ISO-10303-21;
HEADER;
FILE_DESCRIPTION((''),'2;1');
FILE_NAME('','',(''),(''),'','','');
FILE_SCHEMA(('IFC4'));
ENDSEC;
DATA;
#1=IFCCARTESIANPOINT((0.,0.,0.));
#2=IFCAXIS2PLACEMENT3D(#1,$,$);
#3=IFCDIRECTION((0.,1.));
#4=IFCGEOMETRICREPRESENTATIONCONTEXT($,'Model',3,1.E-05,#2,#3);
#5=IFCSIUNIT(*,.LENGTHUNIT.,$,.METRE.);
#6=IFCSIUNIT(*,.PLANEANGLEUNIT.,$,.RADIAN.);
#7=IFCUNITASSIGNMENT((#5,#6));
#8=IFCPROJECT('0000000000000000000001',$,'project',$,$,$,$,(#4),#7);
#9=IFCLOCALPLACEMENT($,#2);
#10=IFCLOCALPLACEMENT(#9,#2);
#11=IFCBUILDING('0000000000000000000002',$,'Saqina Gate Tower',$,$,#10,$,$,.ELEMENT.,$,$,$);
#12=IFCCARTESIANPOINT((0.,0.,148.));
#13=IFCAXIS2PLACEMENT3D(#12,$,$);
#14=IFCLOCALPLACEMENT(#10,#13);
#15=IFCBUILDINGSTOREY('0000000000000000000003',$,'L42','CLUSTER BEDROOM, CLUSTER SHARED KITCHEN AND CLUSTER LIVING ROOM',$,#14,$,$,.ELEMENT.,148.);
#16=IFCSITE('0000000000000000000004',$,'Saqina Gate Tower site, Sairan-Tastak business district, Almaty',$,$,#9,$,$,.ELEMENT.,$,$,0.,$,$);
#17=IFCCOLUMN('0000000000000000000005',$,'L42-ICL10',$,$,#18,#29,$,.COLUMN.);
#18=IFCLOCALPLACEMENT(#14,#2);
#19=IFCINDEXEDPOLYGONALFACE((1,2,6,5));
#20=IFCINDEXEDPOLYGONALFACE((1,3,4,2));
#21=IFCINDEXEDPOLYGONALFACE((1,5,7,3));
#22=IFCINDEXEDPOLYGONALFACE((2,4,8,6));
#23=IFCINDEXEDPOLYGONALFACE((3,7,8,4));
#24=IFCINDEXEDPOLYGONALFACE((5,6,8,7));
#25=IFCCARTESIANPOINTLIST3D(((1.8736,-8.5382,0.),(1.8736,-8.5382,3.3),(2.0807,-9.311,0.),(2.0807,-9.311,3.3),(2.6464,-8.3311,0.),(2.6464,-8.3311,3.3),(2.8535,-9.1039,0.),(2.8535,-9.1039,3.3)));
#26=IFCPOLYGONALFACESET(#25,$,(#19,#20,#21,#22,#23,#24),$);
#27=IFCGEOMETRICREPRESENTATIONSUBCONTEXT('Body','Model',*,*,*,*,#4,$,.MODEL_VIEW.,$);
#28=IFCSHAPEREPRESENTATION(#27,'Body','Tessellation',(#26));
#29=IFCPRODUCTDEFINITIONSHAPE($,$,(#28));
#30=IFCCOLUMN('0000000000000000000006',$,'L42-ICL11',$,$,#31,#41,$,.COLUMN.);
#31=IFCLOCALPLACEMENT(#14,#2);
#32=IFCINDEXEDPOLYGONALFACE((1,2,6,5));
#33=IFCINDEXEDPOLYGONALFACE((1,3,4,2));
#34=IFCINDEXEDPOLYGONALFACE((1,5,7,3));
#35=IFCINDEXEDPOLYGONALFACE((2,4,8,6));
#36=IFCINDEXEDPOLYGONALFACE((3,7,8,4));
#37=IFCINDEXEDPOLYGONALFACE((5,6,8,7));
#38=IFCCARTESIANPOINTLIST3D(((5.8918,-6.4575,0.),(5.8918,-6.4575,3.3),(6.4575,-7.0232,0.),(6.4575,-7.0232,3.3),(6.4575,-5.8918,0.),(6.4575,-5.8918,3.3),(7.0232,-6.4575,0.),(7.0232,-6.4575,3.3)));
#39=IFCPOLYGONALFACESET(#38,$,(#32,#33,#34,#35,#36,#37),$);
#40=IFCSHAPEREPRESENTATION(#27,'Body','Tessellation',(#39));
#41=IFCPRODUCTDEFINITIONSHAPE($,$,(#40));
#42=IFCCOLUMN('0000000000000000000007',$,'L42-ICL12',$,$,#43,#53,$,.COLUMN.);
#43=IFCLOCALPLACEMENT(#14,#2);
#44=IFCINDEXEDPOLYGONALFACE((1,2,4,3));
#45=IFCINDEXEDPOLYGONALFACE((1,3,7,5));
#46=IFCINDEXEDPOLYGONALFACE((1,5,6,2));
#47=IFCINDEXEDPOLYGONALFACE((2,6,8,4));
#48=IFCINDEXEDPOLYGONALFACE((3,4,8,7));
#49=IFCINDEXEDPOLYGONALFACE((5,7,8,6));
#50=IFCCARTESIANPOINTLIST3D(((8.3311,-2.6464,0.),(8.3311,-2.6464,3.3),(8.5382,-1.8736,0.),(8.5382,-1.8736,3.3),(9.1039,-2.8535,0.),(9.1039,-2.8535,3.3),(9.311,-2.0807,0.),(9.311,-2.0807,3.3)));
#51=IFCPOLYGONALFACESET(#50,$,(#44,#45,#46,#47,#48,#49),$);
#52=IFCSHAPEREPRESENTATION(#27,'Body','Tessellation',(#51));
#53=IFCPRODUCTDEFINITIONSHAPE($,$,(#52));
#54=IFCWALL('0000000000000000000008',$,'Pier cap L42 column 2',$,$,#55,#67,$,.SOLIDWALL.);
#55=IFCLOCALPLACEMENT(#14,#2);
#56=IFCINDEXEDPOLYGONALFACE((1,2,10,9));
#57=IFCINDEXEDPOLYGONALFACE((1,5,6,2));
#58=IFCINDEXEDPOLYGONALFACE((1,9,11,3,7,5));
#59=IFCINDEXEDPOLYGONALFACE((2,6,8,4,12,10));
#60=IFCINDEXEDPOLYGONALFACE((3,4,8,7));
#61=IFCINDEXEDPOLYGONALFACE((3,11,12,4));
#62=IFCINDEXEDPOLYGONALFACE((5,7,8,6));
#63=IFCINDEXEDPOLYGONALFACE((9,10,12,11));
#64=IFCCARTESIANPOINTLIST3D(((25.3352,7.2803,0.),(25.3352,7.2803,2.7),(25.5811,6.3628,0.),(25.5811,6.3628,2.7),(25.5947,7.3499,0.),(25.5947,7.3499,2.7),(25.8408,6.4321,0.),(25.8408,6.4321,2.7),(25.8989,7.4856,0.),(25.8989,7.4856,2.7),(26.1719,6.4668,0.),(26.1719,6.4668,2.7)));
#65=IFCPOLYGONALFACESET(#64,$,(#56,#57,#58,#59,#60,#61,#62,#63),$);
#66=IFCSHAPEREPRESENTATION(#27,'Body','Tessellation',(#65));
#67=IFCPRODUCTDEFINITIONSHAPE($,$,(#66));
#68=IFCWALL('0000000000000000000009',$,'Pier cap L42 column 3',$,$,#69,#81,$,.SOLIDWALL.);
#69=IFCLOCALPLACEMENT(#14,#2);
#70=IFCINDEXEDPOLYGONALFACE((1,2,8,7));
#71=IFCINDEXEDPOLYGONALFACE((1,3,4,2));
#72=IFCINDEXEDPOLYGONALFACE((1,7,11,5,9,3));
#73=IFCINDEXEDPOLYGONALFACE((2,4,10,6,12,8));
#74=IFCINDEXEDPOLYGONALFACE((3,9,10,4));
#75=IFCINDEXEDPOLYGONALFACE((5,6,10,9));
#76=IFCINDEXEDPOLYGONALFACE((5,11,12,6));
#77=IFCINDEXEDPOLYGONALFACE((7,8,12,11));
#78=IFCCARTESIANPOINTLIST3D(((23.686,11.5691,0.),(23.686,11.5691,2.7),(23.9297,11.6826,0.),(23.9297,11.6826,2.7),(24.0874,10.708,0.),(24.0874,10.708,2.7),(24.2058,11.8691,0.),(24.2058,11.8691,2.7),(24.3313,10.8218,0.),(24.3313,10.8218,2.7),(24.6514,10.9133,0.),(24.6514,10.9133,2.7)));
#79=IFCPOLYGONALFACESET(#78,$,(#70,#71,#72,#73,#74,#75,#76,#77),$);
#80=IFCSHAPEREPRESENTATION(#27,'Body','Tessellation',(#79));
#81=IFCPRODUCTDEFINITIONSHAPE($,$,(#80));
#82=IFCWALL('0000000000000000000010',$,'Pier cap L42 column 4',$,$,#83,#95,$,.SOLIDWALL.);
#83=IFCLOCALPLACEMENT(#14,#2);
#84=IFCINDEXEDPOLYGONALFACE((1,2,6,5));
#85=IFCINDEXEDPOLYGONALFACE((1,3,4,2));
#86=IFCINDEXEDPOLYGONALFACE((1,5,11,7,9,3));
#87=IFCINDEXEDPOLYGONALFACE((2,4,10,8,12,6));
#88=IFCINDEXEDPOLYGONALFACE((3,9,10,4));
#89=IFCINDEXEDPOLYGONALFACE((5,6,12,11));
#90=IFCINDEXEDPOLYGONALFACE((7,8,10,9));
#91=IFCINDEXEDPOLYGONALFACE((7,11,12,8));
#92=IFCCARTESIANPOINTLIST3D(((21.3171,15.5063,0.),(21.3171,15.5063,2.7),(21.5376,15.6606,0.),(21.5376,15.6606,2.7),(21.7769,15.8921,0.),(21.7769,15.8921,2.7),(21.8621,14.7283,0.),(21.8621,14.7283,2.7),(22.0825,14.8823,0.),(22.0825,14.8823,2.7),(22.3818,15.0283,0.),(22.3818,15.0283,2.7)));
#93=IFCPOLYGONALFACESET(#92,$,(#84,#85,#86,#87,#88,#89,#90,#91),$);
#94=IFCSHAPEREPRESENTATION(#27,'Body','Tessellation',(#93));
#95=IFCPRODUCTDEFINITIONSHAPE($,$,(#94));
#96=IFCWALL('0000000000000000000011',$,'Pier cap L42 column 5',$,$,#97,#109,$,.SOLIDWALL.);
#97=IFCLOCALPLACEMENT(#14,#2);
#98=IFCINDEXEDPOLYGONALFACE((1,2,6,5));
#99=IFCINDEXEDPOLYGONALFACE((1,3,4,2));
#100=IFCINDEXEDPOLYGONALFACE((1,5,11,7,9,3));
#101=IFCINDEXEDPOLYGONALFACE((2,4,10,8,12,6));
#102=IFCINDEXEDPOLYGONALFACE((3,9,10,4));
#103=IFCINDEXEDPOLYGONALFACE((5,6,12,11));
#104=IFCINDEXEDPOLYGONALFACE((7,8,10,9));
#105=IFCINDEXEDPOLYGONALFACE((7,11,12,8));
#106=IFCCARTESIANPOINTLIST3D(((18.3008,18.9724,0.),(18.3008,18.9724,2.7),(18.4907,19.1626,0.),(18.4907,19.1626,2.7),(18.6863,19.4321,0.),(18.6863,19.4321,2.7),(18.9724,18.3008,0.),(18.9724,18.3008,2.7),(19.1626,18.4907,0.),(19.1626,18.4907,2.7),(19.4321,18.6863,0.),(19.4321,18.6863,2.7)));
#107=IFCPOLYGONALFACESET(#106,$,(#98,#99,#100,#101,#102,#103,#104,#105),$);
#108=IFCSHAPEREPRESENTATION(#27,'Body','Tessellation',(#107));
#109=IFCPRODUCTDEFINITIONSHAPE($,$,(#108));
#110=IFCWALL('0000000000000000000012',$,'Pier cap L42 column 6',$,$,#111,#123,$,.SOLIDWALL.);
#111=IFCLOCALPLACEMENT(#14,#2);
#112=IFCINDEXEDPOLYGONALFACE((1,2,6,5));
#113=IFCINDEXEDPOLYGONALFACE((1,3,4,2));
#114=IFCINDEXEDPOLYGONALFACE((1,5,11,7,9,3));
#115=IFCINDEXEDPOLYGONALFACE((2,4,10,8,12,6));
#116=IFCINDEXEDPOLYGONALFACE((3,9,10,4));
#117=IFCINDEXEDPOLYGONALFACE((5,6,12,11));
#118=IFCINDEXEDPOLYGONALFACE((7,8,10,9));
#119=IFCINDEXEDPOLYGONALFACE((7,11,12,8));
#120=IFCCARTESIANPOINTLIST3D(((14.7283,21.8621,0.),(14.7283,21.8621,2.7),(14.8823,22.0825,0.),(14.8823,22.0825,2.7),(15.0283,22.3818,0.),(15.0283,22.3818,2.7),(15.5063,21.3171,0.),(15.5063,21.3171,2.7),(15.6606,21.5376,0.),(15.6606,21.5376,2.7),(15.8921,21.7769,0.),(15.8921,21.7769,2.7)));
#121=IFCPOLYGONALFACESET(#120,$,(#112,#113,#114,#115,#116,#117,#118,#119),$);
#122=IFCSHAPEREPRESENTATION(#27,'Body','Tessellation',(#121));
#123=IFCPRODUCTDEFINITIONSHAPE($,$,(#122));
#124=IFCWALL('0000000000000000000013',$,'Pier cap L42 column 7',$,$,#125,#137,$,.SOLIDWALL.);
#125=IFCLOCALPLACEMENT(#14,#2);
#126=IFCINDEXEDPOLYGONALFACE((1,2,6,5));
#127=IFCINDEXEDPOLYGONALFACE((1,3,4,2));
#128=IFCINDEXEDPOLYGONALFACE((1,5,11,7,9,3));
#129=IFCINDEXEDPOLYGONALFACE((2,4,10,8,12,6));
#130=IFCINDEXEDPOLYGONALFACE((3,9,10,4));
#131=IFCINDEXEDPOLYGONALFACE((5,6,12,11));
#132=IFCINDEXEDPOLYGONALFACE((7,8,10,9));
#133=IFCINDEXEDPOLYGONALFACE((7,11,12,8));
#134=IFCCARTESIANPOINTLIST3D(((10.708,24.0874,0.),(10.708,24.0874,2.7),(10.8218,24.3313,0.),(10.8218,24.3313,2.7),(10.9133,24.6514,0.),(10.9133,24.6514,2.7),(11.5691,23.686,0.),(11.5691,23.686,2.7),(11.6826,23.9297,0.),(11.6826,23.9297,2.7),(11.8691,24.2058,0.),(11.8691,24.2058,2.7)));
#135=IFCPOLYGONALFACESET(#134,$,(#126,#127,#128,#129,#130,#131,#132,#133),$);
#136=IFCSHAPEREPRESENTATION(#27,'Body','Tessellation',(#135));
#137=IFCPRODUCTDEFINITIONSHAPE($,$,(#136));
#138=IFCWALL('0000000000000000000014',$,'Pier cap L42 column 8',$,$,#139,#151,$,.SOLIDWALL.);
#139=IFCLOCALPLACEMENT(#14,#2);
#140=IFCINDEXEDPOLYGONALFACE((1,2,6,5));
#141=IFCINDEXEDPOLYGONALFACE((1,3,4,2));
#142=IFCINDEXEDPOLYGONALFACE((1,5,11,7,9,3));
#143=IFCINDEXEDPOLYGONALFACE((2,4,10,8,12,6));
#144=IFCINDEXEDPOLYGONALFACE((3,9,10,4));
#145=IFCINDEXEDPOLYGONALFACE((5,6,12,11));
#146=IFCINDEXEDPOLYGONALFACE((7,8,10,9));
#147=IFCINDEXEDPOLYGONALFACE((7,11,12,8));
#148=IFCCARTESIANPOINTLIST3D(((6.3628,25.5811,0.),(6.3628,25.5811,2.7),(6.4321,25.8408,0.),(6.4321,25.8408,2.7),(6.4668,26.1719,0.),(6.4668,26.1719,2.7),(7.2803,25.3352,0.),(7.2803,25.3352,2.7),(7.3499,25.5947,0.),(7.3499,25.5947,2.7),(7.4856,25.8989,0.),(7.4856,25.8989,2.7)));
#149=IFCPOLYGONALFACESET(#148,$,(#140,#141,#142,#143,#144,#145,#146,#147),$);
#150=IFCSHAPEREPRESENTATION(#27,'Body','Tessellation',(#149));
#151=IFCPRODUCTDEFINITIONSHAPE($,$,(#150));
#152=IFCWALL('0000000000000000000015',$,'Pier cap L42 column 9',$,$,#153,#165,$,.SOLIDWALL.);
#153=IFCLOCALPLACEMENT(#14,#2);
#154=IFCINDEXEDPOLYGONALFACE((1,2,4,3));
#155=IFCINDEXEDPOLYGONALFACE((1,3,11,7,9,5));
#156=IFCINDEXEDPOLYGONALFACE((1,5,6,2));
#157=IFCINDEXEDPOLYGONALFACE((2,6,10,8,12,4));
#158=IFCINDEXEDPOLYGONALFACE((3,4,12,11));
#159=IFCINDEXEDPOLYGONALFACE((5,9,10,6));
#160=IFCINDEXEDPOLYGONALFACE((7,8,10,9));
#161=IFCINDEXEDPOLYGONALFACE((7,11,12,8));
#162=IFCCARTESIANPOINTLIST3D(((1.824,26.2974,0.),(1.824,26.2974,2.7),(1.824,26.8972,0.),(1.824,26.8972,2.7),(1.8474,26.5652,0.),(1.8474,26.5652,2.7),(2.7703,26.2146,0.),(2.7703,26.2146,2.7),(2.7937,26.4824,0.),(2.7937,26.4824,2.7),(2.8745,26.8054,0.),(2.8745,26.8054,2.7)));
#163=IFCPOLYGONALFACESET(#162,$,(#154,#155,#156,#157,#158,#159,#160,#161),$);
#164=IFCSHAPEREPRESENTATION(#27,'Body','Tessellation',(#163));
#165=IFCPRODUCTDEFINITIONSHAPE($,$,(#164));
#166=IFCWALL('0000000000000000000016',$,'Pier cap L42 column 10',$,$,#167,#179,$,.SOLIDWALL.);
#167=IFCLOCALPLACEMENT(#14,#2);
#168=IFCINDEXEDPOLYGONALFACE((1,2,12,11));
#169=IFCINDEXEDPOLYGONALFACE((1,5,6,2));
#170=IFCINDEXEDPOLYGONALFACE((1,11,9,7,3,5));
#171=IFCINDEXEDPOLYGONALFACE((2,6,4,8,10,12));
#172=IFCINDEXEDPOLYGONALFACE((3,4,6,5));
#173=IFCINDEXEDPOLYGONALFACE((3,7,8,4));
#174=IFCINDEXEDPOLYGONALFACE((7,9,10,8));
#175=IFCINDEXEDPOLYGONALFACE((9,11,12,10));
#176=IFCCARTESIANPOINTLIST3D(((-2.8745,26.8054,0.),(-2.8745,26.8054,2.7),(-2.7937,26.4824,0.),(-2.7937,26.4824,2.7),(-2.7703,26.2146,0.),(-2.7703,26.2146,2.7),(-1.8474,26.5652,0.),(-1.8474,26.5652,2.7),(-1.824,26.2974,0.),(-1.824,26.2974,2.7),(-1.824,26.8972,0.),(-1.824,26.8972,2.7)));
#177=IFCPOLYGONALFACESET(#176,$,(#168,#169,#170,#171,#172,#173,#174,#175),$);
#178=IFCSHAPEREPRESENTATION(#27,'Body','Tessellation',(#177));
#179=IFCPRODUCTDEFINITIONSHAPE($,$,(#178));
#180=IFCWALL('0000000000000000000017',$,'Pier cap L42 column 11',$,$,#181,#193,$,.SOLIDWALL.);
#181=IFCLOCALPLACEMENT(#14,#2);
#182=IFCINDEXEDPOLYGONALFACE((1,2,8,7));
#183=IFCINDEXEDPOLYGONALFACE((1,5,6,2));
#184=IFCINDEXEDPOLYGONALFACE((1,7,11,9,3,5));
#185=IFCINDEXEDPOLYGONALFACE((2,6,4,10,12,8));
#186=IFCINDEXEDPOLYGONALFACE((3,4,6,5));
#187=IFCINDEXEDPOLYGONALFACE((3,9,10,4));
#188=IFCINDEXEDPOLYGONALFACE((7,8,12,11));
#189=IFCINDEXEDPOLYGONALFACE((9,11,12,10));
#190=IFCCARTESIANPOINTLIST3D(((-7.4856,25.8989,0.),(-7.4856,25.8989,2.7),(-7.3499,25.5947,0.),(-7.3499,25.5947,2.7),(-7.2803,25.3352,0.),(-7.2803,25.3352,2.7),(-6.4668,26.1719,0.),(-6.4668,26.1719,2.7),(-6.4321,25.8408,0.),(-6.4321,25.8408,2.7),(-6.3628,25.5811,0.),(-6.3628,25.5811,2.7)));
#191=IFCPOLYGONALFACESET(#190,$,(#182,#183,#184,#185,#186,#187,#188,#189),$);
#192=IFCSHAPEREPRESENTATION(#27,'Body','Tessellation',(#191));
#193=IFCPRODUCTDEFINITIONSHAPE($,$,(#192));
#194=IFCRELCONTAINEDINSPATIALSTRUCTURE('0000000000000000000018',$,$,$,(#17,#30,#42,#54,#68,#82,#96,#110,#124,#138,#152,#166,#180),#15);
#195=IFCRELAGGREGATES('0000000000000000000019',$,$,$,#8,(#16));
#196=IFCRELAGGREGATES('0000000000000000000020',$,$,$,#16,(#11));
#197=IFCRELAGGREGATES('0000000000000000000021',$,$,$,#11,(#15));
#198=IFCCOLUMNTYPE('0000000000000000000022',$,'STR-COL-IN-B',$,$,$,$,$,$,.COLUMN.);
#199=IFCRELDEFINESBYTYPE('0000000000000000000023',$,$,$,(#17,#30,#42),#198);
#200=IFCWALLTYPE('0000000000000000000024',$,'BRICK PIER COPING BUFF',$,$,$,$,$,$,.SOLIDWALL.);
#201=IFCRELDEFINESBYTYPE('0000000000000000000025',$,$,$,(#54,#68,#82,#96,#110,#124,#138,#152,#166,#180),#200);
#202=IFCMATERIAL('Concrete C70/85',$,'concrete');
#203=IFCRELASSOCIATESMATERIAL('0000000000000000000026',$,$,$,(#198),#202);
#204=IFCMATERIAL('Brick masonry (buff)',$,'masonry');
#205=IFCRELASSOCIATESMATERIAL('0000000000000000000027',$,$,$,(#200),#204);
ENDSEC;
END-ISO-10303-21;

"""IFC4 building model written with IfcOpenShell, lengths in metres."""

from ifc_helpers import new_model, si_unit, direction, frame, origin, origin_2d, place, context, subcontext, project, spatial, polyline, rectangle, outline, extrude, material, material_profile, profile_set, type_object, element, save


model = new_model("IFC4")

# Units and contexts
model_context = context("Model", 3, precision=1e-05, world=origin(), true_north=direction((0.0, 1.0)))
body_context = subcontext(model_context, "Body", "Model", "MODEL_VIEW")
ifc_project = project(units=[si_unit("LENGTHUNIT", "METRE"), si_unit("PLANEANGLEUNIT", "RADIAN")], contexts=[model_context])

# Site, building, storey
site_placement = place(None, origin())
site = spatial("IfcSite", under=ifc_project, at=site_placement, Name="Saqina Gate Tower site, Sairan-Tastak business district, Almaty", CompositionType="ELEMENT", RefElevation=0.0)
building_placement = place(site_placement, origin())
building = spatial("IfcBuilding", under=site, at=building_placement, Name="Saqina Gate Tower", CompositionType="ELEMENT")
storey_placement = place(building_placement, frame((0.0, 0.0, 148.0)))
storey = spatial("IfcBuildingStorey", under=building, at=storey_placement, Name="L42", Description="CLUSTER BEDROOM, CLUSTER SHARED KITCHEN AND CLUSTER LIVING ROOM", CompositionType="ELEMENT", Elevation=148.0)

# Columns
ifc_material_1 = material(Name="Concrete C70/85", Category="concrete")
ifc_material_profile = material_profile(ifc_material_1, rectangle(XDim=0.8, YDim=0.8, at=origin_2d()), Name="RC 800x800")
ifc_profile_set = profile_set([ifc_material_profile], Name="Concrete C70/85")
column_type = type_object("IfcColumnType", Name="STR-COL-IN-B", PredefinedType="COLUMN", material=ifc_profile_set)
for number, where, z_axis, x_axis, name in (
    (1, (2.3635, -8.821, 0.0), (0.0, 0.0, 1.0), (0.258819, -0.965926, 0.0), "L42-ICL10"),
    (2, (6.4575, -6.4575, 0.0), (0.0, 0.0, 1.0), (0.707107, -0.707107, 0.0), "L42-ICL11"),
    (3, (8.821, -2.3635, 0.0), (0.0, 0.0, 1.0), (0.965926, -0.258819, 0.0), "L42-ICL12"),
):
    element("IfcColumn", number, at=place(storey_placement, frame(where, z_axis=z_axis, x_axis=x_axis)), inside=storey, type_object=column_type, Name=name, PredefinedType="COLUMN", context=body_context, shape_type="SweptSolid", body=[
        extrude(rectangle(XDim=0.8, YDim=0.8, at=origin_2d()), origin(), (0.0, 0.0, 1.0), 3.3),
    ])

# Walls
ifc_material_2 = material(Name="Brick masonry (buff)", Category="masonry")
wall_type_1 = type_object("IfcWallType", Name="BRICK PIER COPING BUFF", PredefinedType="SOLIDWALL", material=ifc_material_2)
wall_1_placement = place(storey_placement, origin())
element("IfcWall", 4, at=wall_1_placement, inside=storey, type_object=wall_type_1, Name="Pier cap L42 column 2", PredefinedType="SOLIDWALL", context=body_context, shape_type="SweptSolid", body=[
    extrude(outline(polyline([(26.1719, 6.4668), (25.8989, 7.4856), (25.3352, 7.2803), (25.5947, 7.3499), (25.8408, 6.4321), (25.5811, 6.3628), (26.1719, 6.4668)])), origin(), (0.0, 0.0, 1.0), 2.7),
])
wall_2_placement = place(storey_placement, origin())
element("IfcWall", 5, at=wall_2_placement, inside=storey, type_object=wall_type_1, Name="Pier cap L42 column 3", PredefinedType="SOLIDWALL", context=body_context, shape_type="SweptSolid", body=[
    extrude(outline(polyline([(24.6514, 10.9133), (24.2058, 11.8691), (23.686, 11.5691), (23.9297, 11.6826), (24.3313, 10.8218), (24.0874, 10.708), (24.6514, 10.9133)])), origin(), (0.0, 0.0, 1.0), 2.7),
])
wall_3_placement = place(storey_placement, origin())
element("IfcWall", 6, at=wall_3_placement, inside=storey, type_object=wall_type_1, Name="Pier cap L42 column 4", PredefinedType="SOLIDWALL", context=body_context, shape_type="SweptSolid", body=[
    extrude(outline(polyline([(21.7769, 15.8921), (21.3171, 15.5063), (21.5376, 15.6606), (22.0825, 14.8823), (21.8621, 14.7283), (22.3818, 15.0283), (21.7769, 15.8921)])), origin(), (0.0, 0.0, 1.0), 2.7),
])
wall_4_placement = place(storey_placement, origin())
element("IfcWall", 7, at=wall_4_placement, inside=storey, type_object=wall_type_1, Name="Pier cap L42 column 5", PredefinedType="SOLIDWALL", context=body_context, shape_type="SweptSolid", body=[
    extrude(outline(polyline([(19.4321, 18.6863), (18.6863, 19.4321), (18.3008, 18.9724), (18.4907, 19.1626), (19.1626, 18.4907), (18.9724, 18.3008), (19.4321, 18.6863)])), origin(), (0.0, 0.0, 1.0), 2.7),
])
wall_5_placement = place(storey_placement, origin())
element("IfcWall", 8, at=wall_5_placement, inside=storey, type_object=wall_type_1, Name="Pier cap L42 column 6", PredefinedType="SOLIDWALL", context=body_context, shape_type="SweptSolid", body=[
    extrude(outline(polyline([(15.0283, 22.3818), (14.7283, 21.8621), (14.8823, 22.0825), (15.6606, 21.5376), (15.5063, 21.3171), (15.8921, 21.7769), (15.0283, 22.3818)])), origin(), (0.0, 0.0, 1.0), 2.7),
])
wall_6_placement = place(storey_placement, origin())
element("IfcWall", 9, at=wall_6_placement, inside=storey, type_object=wall_type_1, Name="Pier cap L42 column 7", PredefinedType="SOLIDWALL", context=body_context, shape_type="SweptSolid", body=[
    extrude(outline(polyline([(10.9133, 24.6514), (10.708, 24.0874), (10.8218, 24.3313), (11.6826, 23.9297), (11.5691, 23.686), (11.8691, 24.2058), (10.9133, 24.6514)])), origin(), (0.0, 0.0, 1.0), 2.7),
])
wall_7_placement = place(storey_placement, origin())
element("IfcWall", 10, at=wall_7_placement, inside=storey, type_object=wall_type_1, Name="Pier cap L42 column 8", PredefinedType="SOLIDWALL", context=body_context, shape_type="SweptSolid", body=[
    extrude(outline(polyline([(7.4856, 25.8989), (6.4668, 26.1719), (6.3628, 25.5811), (6.4321, 25.8408), (7.3499, 25.5947), (7.2803, 25.3352), (7.4856, 25.8989)])), origin(), (0.0, 0.0, 1.0), 2.7),
])
wall_8_placement = place(storey_placement, origin())
element("IfcWall", 11, at=wall_8_placement, inside=storey, type_object=wall_type_1, Name="Pier cap L42 column 9", PredefinedType="SOLIDWALL", context=body_context, shape_type="SweptSolid", body=[
    extrude(outline(polyline([(2.8745, 26.8054), (1.824, 26.8972), (1.824, 26.2974), (1.8474, 26.5652), (2.7937, 26.4824), (2.7703, 26.2146), (2.8745, 26.8054)])), origin(), (0.0, 0.0, 1.0), 2.7),
])
wall_9_placement = place(storey_placement, origin())
element("IfcWall", 12, at=wall_9_placement, inside=storey, type_object=wall_type_1, Name="Pier cap L42 column 10", PredefinedType="SOLIDWALL", context=body_context, shape_type="SweptSolid", body=[
    extrude(outline(polyline([(-2.8745, 26.8054), (-2.7703, 26.2146), (-2.7937, 26.4824), (-1.8474, 26.5652), (-1.824, 26.2974), (-1.824, 26.8972), (-2.8745, 26.8054)])), origin(), (0.0, 0.0, 1.0), 2.7),
])
wall_10_placement = place(storey_placement, origin())
element("IfcWall", 13, at=wall_10_placement, inside=storey, type_object=wall_type_1, Name="Pier cap L42 column 11", PredefinedType="SOLIDWALL", context=body_context, shape_type="SweptSolid", body=[
    extrude(outline(polyline([(-6.4668, 26.1719), (-7.4856, 25.8989), (-7.2803, 25.3352), (-7.3499, 25.5947), (-6.4321, 25.8408), (-6.3628, 25.5811), (-6.4668, 26.1719)])), origin(), (0.0, 0.0, 1.0), 2.7),
])

save(model, "model.ifc")
